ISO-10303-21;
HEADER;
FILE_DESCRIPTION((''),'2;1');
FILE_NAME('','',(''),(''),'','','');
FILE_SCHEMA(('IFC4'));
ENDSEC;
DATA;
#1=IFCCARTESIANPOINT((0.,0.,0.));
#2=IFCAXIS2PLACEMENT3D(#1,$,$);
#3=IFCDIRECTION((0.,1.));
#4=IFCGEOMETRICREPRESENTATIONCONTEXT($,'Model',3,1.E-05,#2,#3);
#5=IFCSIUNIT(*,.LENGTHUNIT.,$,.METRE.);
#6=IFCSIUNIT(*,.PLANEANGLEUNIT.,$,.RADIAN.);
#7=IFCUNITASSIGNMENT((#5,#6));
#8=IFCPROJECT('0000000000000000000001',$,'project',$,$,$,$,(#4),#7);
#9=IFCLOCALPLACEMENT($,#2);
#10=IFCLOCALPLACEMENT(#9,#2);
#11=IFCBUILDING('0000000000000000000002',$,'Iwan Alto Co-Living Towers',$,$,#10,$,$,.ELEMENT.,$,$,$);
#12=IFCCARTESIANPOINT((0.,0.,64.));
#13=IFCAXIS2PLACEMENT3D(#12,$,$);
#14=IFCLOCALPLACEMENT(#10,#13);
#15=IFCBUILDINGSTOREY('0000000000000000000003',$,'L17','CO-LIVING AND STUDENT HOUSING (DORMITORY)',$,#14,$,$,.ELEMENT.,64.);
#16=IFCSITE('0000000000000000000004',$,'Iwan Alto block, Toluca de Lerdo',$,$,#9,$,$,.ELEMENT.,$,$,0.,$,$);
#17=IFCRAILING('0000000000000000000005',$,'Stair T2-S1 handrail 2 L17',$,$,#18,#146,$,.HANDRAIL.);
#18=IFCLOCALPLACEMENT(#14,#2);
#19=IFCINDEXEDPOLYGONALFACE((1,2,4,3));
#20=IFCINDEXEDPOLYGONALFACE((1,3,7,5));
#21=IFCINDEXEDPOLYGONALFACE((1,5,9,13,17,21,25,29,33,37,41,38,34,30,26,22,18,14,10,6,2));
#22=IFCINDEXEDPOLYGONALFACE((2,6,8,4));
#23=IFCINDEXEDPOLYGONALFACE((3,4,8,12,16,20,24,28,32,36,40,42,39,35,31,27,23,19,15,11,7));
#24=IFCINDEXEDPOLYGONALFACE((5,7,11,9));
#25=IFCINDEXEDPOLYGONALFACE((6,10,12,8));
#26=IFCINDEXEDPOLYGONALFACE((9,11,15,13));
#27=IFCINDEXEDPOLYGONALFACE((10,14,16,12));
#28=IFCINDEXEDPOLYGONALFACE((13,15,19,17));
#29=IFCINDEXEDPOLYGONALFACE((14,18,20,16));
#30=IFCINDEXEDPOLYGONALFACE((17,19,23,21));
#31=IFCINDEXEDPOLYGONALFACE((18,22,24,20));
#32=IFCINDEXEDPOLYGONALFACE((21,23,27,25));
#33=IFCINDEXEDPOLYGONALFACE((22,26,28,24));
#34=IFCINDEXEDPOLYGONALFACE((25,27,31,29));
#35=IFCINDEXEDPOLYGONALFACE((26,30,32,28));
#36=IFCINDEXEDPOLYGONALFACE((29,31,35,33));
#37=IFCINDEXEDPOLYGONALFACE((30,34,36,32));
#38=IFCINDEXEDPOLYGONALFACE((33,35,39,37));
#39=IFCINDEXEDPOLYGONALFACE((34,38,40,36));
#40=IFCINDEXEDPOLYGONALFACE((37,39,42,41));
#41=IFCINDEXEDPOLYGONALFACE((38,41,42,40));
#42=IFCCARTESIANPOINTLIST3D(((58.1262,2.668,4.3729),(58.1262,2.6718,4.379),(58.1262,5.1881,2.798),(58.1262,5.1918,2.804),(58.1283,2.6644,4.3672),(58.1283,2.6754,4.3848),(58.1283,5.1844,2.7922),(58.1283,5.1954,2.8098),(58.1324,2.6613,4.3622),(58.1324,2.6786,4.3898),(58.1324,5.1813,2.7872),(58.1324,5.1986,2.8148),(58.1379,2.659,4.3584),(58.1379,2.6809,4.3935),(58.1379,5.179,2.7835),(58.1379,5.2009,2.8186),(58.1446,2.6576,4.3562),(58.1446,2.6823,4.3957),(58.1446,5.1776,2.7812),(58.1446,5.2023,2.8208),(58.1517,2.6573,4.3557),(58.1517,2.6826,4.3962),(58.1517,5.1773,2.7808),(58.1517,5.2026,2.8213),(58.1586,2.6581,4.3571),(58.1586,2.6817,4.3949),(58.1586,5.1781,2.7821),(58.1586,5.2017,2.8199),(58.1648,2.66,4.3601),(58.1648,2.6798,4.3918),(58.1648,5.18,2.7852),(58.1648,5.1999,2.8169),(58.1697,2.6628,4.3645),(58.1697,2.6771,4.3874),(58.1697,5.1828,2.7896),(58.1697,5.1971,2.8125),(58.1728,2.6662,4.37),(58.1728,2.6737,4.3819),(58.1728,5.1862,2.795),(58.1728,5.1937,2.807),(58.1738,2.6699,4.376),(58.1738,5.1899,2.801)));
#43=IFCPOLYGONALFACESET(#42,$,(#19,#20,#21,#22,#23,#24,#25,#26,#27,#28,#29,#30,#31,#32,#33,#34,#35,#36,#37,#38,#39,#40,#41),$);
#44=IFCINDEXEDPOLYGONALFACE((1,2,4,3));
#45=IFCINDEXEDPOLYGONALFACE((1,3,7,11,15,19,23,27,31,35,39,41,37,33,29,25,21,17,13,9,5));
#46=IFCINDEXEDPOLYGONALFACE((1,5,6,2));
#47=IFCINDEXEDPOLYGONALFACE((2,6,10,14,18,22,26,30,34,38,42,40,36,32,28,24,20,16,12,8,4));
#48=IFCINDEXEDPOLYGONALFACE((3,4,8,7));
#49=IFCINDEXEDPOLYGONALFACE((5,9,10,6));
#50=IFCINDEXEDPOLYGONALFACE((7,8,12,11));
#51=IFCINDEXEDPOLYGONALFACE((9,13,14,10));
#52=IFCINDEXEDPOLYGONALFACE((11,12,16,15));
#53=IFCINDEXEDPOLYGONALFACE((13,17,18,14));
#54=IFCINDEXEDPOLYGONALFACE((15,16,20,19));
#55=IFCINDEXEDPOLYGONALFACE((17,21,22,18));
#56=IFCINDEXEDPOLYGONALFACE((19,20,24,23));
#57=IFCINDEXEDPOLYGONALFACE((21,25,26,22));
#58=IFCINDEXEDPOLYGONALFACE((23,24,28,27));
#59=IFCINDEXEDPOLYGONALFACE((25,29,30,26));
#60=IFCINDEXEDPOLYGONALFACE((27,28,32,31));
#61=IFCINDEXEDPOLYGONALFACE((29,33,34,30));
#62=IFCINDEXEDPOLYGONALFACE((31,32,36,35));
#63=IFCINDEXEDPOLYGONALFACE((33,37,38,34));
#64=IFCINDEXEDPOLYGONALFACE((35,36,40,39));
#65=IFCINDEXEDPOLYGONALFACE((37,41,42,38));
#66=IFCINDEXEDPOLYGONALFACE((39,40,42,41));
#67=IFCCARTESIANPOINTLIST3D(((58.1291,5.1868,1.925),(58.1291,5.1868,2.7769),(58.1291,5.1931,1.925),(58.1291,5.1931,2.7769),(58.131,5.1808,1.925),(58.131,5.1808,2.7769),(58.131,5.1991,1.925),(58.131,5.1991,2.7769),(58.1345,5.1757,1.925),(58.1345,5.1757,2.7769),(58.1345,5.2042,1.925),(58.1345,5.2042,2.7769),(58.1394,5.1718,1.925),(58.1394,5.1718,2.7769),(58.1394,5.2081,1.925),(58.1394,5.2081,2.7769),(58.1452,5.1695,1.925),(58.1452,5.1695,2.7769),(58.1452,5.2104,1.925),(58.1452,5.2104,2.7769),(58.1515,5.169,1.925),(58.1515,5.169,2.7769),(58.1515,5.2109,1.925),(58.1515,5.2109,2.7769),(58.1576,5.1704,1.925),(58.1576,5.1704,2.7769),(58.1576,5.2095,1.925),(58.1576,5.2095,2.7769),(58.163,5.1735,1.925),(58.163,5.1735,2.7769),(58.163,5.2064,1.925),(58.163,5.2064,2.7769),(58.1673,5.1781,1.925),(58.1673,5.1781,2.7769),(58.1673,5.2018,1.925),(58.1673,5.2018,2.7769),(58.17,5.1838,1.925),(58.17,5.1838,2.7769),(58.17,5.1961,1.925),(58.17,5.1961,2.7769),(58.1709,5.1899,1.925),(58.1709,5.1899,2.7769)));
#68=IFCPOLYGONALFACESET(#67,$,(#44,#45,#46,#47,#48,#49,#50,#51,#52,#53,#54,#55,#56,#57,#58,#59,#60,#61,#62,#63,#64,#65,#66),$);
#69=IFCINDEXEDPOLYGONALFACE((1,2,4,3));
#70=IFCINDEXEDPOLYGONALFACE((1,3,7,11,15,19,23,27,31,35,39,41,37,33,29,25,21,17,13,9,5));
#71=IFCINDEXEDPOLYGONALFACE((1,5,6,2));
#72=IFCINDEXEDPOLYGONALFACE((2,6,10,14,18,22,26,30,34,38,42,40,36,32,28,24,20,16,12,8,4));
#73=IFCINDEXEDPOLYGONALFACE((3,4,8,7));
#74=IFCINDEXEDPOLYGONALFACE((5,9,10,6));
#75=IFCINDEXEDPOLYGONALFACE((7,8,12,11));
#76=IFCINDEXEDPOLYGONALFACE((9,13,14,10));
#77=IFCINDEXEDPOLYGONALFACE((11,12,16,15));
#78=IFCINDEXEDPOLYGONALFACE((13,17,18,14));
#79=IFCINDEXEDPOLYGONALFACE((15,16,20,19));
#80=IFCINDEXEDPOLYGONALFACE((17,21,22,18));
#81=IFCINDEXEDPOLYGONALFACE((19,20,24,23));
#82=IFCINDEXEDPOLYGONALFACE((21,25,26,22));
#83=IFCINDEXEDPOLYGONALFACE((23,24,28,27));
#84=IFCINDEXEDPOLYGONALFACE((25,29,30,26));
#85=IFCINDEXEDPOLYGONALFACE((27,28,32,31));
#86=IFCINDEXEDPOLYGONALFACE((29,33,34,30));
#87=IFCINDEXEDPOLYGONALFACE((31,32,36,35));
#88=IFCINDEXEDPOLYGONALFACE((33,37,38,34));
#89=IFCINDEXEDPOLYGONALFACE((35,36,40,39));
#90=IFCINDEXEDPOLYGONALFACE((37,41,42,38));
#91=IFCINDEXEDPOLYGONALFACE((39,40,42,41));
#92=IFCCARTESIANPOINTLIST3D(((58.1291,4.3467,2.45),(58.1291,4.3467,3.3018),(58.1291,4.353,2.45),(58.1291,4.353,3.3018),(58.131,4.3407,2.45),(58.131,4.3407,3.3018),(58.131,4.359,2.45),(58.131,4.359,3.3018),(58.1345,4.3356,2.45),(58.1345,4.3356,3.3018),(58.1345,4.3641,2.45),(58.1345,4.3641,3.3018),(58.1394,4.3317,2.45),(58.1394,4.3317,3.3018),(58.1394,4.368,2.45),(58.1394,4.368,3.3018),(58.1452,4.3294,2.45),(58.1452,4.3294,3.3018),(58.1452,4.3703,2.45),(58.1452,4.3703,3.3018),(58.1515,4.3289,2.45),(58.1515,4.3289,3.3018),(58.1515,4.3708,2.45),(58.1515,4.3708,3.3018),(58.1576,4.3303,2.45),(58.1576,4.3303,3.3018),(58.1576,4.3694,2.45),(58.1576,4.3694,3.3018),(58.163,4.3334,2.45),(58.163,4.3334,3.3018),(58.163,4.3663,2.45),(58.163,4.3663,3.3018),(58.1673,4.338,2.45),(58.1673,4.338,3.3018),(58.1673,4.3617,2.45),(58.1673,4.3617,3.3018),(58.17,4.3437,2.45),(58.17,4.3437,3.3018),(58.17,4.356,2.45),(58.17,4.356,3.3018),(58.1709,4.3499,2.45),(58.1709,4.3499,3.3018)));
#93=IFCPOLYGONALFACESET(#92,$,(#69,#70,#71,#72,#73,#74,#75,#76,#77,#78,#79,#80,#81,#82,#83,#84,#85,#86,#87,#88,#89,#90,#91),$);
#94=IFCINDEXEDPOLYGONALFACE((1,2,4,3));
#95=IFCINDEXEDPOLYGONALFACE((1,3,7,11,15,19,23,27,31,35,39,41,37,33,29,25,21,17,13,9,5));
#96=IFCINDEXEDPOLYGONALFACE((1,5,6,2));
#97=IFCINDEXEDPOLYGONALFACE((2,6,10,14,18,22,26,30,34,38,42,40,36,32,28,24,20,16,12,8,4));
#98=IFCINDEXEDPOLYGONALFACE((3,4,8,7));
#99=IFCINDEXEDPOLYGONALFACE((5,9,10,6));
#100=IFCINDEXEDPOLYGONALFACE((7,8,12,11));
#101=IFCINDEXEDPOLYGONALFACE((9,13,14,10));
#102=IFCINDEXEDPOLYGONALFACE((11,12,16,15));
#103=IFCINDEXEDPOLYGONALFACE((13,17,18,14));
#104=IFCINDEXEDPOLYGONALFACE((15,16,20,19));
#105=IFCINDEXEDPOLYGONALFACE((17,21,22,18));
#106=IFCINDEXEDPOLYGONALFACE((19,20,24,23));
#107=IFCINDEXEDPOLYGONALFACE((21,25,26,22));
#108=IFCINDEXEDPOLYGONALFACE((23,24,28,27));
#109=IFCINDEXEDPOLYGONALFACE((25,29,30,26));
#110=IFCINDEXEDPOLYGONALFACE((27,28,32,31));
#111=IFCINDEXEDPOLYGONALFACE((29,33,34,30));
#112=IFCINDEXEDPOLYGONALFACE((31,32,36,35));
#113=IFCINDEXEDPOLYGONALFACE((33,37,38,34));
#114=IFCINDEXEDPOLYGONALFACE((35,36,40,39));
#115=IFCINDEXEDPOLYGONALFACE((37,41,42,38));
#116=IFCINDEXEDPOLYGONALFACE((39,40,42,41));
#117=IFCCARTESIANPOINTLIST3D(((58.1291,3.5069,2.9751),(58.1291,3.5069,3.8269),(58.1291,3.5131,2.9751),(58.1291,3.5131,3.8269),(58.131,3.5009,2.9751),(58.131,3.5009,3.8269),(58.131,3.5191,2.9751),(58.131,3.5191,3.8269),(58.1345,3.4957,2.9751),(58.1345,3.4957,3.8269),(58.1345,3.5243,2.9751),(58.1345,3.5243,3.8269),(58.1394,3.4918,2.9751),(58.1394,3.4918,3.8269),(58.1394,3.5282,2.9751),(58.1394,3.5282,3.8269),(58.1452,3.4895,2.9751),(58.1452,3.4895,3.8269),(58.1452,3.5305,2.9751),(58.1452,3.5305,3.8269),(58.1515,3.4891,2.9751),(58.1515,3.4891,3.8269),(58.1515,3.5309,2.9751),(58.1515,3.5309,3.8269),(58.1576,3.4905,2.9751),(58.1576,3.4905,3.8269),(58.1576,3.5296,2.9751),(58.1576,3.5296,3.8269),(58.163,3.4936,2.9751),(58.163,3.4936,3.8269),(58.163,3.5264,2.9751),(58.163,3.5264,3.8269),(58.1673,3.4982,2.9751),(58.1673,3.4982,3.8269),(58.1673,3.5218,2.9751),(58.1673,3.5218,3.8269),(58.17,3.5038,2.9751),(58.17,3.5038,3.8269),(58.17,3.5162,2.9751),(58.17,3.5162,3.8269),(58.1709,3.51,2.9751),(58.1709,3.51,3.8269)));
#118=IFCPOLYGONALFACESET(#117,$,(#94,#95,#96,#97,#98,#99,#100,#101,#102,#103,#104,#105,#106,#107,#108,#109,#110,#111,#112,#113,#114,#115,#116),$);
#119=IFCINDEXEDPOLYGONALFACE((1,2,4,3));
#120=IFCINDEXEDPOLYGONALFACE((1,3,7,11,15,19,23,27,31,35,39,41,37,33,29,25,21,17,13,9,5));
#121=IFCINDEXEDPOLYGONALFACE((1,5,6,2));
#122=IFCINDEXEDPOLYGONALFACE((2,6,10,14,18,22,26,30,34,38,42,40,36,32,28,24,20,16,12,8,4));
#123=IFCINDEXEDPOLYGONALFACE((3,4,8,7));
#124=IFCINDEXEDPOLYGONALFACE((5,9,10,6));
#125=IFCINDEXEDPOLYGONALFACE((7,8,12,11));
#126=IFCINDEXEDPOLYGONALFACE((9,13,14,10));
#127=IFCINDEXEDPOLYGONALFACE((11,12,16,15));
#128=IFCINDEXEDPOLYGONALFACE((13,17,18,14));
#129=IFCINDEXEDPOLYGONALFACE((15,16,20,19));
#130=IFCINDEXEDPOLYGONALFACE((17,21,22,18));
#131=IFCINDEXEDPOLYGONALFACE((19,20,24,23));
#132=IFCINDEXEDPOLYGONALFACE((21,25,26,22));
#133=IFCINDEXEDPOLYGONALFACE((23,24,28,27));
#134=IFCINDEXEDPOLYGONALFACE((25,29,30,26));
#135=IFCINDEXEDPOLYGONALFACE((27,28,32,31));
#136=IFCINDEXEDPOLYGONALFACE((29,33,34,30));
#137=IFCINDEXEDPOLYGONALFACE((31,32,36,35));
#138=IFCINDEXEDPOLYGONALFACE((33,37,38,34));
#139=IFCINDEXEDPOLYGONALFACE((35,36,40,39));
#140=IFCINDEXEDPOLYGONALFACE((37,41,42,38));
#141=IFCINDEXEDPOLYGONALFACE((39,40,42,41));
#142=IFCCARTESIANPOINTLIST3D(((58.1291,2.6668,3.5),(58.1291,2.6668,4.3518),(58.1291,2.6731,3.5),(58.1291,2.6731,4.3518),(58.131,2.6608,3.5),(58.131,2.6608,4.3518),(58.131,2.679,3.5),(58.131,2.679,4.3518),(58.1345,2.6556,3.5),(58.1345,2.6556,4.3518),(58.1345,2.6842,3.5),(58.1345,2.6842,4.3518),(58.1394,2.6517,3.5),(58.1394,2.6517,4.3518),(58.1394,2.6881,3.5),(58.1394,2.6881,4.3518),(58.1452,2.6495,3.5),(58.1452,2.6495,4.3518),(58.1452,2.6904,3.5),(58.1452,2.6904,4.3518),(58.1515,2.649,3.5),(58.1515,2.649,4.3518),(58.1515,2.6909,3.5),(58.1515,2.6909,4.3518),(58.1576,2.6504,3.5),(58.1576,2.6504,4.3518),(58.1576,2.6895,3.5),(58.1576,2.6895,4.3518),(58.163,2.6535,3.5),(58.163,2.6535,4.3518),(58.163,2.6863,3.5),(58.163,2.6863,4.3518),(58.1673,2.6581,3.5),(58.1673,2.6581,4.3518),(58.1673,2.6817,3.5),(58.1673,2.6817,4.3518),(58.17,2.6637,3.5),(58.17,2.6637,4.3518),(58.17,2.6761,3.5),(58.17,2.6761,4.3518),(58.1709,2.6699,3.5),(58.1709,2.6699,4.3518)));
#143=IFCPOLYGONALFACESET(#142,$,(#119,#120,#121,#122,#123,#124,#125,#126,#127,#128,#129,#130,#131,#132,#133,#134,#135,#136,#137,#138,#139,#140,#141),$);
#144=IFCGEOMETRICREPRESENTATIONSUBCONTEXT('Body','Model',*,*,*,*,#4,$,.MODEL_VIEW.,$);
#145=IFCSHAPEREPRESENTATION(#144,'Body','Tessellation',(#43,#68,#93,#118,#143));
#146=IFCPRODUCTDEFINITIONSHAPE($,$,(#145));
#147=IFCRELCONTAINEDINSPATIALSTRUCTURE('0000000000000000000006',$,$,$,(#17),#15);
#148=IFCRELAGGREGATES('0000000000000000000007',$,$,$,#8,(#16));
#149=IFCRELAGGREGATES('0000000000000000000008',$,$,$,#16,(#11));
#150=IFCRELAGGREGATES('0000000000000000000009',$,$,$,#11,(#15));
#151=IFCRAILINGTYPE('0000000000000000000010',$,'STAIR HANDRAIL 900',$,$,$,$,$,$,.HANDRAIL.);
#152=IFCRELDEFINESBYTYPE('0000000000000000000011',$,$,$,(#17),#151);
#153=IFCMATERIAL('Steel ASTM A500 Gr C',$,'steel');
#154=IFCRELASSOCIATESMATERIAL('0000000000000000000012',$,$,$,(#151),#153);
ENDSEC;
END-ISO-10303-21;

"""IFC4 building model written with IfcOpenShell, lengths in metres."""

from ifc_helpers import new_model, si_unit, direction, frame, origin, origin_2d, place, context, subcontext, project, spatial, circle, extrude, material, type_object, element, save


model = new_model("IFC4")

# Units and contexts
model_context = context("Model", 3, precision=1e-05, world=origin(), true_north=direction((0.0, 1.0)))
body_context = subcontext(model_context, "Body", "Model", "MODEL_VIEW")
ifc_project = project(units=[si_unit("LENGTHUNIT", "METRE"), si_unit("PLANEANGLEUNIT", "RADIAN")], contexts=[model_context])

# Site, building, storey
site_placement = place(None, origin())
site = spatial("IfcSite", under=ifc_project, at=site_placement, Name="Iwan Alto block, Toluca de Lerdo", CompositionType="ELEMENT", RefElevation=0.0)
building_placement = place(site_placement, origin())
building = spatial("IfcBuilding", under=site, at=building_placement, Name="Iwan Alto Co-Living Towers", CompositionType="ELEMENT")
storey_placement = place(building_placement, frame((0.0, 0.0, 64.0)))
storey = spatial("IfcBuildingStorey", under=building, at=storey_placement, Name="L17", Description="CO-LIVING AND STUDENT HOUSING (DORMITORY)", CompositionType="ELEMENT", Elevation=64.0)

# Railing
ifc_material_1 = material(Name="Steel ASTM A500 Gr C", Category="steel")
railing_type_1 = type_object("IfcRailingType", Name="STAIR HANDRAIL 900", PredefinedType="HANDRAIL", material=ifc_material_1)
railing_1_placement = place(storey_placement, frame((58.1499, 5.1899, 1.925)))
element("IfcRailing", 1, at=railing_1_placement, inside=storey, type_object=railing_type_1, Name="Stair T2-S1 handrail 2 L17", PredefinedType="HANDRAIL", context=body_context, shape_type="SweptSolid", body=[
    extrude(circle(Radius=0.0239, at=origin_2d()), frame((0.0, 0.0, 0.876), z_axis=(0.0, -0.848008, 0.529984), x_axis=(1.0, 0.0, 0.0)), (0.0, 0.0, 1.0), 2.9717),
    extrude(circle(Radius=0.021, at=origin_2d()), origin(), (0.0, 0.0, 1.0), 0.8518),
    extrude(circle(Radius=0.021, at=origin_2d()), frame((0.0, -0.8401, 0.5249)), (0.0, 0.0, 1.0), 0.8518),
    extrude(circle(Radius=0.021, at=origin_2d()), frame((0.0, -1.6799, 1.05)), (0.0, 0.0, 1.0), 0.8518),
    extrude(circle(Radius=0.021, at=origin_2d()), frame((0.0, -2.52, 1.575)), (0.0, 0.0, 1.0), 0.8518),
])

save(model, "model.ifc")
